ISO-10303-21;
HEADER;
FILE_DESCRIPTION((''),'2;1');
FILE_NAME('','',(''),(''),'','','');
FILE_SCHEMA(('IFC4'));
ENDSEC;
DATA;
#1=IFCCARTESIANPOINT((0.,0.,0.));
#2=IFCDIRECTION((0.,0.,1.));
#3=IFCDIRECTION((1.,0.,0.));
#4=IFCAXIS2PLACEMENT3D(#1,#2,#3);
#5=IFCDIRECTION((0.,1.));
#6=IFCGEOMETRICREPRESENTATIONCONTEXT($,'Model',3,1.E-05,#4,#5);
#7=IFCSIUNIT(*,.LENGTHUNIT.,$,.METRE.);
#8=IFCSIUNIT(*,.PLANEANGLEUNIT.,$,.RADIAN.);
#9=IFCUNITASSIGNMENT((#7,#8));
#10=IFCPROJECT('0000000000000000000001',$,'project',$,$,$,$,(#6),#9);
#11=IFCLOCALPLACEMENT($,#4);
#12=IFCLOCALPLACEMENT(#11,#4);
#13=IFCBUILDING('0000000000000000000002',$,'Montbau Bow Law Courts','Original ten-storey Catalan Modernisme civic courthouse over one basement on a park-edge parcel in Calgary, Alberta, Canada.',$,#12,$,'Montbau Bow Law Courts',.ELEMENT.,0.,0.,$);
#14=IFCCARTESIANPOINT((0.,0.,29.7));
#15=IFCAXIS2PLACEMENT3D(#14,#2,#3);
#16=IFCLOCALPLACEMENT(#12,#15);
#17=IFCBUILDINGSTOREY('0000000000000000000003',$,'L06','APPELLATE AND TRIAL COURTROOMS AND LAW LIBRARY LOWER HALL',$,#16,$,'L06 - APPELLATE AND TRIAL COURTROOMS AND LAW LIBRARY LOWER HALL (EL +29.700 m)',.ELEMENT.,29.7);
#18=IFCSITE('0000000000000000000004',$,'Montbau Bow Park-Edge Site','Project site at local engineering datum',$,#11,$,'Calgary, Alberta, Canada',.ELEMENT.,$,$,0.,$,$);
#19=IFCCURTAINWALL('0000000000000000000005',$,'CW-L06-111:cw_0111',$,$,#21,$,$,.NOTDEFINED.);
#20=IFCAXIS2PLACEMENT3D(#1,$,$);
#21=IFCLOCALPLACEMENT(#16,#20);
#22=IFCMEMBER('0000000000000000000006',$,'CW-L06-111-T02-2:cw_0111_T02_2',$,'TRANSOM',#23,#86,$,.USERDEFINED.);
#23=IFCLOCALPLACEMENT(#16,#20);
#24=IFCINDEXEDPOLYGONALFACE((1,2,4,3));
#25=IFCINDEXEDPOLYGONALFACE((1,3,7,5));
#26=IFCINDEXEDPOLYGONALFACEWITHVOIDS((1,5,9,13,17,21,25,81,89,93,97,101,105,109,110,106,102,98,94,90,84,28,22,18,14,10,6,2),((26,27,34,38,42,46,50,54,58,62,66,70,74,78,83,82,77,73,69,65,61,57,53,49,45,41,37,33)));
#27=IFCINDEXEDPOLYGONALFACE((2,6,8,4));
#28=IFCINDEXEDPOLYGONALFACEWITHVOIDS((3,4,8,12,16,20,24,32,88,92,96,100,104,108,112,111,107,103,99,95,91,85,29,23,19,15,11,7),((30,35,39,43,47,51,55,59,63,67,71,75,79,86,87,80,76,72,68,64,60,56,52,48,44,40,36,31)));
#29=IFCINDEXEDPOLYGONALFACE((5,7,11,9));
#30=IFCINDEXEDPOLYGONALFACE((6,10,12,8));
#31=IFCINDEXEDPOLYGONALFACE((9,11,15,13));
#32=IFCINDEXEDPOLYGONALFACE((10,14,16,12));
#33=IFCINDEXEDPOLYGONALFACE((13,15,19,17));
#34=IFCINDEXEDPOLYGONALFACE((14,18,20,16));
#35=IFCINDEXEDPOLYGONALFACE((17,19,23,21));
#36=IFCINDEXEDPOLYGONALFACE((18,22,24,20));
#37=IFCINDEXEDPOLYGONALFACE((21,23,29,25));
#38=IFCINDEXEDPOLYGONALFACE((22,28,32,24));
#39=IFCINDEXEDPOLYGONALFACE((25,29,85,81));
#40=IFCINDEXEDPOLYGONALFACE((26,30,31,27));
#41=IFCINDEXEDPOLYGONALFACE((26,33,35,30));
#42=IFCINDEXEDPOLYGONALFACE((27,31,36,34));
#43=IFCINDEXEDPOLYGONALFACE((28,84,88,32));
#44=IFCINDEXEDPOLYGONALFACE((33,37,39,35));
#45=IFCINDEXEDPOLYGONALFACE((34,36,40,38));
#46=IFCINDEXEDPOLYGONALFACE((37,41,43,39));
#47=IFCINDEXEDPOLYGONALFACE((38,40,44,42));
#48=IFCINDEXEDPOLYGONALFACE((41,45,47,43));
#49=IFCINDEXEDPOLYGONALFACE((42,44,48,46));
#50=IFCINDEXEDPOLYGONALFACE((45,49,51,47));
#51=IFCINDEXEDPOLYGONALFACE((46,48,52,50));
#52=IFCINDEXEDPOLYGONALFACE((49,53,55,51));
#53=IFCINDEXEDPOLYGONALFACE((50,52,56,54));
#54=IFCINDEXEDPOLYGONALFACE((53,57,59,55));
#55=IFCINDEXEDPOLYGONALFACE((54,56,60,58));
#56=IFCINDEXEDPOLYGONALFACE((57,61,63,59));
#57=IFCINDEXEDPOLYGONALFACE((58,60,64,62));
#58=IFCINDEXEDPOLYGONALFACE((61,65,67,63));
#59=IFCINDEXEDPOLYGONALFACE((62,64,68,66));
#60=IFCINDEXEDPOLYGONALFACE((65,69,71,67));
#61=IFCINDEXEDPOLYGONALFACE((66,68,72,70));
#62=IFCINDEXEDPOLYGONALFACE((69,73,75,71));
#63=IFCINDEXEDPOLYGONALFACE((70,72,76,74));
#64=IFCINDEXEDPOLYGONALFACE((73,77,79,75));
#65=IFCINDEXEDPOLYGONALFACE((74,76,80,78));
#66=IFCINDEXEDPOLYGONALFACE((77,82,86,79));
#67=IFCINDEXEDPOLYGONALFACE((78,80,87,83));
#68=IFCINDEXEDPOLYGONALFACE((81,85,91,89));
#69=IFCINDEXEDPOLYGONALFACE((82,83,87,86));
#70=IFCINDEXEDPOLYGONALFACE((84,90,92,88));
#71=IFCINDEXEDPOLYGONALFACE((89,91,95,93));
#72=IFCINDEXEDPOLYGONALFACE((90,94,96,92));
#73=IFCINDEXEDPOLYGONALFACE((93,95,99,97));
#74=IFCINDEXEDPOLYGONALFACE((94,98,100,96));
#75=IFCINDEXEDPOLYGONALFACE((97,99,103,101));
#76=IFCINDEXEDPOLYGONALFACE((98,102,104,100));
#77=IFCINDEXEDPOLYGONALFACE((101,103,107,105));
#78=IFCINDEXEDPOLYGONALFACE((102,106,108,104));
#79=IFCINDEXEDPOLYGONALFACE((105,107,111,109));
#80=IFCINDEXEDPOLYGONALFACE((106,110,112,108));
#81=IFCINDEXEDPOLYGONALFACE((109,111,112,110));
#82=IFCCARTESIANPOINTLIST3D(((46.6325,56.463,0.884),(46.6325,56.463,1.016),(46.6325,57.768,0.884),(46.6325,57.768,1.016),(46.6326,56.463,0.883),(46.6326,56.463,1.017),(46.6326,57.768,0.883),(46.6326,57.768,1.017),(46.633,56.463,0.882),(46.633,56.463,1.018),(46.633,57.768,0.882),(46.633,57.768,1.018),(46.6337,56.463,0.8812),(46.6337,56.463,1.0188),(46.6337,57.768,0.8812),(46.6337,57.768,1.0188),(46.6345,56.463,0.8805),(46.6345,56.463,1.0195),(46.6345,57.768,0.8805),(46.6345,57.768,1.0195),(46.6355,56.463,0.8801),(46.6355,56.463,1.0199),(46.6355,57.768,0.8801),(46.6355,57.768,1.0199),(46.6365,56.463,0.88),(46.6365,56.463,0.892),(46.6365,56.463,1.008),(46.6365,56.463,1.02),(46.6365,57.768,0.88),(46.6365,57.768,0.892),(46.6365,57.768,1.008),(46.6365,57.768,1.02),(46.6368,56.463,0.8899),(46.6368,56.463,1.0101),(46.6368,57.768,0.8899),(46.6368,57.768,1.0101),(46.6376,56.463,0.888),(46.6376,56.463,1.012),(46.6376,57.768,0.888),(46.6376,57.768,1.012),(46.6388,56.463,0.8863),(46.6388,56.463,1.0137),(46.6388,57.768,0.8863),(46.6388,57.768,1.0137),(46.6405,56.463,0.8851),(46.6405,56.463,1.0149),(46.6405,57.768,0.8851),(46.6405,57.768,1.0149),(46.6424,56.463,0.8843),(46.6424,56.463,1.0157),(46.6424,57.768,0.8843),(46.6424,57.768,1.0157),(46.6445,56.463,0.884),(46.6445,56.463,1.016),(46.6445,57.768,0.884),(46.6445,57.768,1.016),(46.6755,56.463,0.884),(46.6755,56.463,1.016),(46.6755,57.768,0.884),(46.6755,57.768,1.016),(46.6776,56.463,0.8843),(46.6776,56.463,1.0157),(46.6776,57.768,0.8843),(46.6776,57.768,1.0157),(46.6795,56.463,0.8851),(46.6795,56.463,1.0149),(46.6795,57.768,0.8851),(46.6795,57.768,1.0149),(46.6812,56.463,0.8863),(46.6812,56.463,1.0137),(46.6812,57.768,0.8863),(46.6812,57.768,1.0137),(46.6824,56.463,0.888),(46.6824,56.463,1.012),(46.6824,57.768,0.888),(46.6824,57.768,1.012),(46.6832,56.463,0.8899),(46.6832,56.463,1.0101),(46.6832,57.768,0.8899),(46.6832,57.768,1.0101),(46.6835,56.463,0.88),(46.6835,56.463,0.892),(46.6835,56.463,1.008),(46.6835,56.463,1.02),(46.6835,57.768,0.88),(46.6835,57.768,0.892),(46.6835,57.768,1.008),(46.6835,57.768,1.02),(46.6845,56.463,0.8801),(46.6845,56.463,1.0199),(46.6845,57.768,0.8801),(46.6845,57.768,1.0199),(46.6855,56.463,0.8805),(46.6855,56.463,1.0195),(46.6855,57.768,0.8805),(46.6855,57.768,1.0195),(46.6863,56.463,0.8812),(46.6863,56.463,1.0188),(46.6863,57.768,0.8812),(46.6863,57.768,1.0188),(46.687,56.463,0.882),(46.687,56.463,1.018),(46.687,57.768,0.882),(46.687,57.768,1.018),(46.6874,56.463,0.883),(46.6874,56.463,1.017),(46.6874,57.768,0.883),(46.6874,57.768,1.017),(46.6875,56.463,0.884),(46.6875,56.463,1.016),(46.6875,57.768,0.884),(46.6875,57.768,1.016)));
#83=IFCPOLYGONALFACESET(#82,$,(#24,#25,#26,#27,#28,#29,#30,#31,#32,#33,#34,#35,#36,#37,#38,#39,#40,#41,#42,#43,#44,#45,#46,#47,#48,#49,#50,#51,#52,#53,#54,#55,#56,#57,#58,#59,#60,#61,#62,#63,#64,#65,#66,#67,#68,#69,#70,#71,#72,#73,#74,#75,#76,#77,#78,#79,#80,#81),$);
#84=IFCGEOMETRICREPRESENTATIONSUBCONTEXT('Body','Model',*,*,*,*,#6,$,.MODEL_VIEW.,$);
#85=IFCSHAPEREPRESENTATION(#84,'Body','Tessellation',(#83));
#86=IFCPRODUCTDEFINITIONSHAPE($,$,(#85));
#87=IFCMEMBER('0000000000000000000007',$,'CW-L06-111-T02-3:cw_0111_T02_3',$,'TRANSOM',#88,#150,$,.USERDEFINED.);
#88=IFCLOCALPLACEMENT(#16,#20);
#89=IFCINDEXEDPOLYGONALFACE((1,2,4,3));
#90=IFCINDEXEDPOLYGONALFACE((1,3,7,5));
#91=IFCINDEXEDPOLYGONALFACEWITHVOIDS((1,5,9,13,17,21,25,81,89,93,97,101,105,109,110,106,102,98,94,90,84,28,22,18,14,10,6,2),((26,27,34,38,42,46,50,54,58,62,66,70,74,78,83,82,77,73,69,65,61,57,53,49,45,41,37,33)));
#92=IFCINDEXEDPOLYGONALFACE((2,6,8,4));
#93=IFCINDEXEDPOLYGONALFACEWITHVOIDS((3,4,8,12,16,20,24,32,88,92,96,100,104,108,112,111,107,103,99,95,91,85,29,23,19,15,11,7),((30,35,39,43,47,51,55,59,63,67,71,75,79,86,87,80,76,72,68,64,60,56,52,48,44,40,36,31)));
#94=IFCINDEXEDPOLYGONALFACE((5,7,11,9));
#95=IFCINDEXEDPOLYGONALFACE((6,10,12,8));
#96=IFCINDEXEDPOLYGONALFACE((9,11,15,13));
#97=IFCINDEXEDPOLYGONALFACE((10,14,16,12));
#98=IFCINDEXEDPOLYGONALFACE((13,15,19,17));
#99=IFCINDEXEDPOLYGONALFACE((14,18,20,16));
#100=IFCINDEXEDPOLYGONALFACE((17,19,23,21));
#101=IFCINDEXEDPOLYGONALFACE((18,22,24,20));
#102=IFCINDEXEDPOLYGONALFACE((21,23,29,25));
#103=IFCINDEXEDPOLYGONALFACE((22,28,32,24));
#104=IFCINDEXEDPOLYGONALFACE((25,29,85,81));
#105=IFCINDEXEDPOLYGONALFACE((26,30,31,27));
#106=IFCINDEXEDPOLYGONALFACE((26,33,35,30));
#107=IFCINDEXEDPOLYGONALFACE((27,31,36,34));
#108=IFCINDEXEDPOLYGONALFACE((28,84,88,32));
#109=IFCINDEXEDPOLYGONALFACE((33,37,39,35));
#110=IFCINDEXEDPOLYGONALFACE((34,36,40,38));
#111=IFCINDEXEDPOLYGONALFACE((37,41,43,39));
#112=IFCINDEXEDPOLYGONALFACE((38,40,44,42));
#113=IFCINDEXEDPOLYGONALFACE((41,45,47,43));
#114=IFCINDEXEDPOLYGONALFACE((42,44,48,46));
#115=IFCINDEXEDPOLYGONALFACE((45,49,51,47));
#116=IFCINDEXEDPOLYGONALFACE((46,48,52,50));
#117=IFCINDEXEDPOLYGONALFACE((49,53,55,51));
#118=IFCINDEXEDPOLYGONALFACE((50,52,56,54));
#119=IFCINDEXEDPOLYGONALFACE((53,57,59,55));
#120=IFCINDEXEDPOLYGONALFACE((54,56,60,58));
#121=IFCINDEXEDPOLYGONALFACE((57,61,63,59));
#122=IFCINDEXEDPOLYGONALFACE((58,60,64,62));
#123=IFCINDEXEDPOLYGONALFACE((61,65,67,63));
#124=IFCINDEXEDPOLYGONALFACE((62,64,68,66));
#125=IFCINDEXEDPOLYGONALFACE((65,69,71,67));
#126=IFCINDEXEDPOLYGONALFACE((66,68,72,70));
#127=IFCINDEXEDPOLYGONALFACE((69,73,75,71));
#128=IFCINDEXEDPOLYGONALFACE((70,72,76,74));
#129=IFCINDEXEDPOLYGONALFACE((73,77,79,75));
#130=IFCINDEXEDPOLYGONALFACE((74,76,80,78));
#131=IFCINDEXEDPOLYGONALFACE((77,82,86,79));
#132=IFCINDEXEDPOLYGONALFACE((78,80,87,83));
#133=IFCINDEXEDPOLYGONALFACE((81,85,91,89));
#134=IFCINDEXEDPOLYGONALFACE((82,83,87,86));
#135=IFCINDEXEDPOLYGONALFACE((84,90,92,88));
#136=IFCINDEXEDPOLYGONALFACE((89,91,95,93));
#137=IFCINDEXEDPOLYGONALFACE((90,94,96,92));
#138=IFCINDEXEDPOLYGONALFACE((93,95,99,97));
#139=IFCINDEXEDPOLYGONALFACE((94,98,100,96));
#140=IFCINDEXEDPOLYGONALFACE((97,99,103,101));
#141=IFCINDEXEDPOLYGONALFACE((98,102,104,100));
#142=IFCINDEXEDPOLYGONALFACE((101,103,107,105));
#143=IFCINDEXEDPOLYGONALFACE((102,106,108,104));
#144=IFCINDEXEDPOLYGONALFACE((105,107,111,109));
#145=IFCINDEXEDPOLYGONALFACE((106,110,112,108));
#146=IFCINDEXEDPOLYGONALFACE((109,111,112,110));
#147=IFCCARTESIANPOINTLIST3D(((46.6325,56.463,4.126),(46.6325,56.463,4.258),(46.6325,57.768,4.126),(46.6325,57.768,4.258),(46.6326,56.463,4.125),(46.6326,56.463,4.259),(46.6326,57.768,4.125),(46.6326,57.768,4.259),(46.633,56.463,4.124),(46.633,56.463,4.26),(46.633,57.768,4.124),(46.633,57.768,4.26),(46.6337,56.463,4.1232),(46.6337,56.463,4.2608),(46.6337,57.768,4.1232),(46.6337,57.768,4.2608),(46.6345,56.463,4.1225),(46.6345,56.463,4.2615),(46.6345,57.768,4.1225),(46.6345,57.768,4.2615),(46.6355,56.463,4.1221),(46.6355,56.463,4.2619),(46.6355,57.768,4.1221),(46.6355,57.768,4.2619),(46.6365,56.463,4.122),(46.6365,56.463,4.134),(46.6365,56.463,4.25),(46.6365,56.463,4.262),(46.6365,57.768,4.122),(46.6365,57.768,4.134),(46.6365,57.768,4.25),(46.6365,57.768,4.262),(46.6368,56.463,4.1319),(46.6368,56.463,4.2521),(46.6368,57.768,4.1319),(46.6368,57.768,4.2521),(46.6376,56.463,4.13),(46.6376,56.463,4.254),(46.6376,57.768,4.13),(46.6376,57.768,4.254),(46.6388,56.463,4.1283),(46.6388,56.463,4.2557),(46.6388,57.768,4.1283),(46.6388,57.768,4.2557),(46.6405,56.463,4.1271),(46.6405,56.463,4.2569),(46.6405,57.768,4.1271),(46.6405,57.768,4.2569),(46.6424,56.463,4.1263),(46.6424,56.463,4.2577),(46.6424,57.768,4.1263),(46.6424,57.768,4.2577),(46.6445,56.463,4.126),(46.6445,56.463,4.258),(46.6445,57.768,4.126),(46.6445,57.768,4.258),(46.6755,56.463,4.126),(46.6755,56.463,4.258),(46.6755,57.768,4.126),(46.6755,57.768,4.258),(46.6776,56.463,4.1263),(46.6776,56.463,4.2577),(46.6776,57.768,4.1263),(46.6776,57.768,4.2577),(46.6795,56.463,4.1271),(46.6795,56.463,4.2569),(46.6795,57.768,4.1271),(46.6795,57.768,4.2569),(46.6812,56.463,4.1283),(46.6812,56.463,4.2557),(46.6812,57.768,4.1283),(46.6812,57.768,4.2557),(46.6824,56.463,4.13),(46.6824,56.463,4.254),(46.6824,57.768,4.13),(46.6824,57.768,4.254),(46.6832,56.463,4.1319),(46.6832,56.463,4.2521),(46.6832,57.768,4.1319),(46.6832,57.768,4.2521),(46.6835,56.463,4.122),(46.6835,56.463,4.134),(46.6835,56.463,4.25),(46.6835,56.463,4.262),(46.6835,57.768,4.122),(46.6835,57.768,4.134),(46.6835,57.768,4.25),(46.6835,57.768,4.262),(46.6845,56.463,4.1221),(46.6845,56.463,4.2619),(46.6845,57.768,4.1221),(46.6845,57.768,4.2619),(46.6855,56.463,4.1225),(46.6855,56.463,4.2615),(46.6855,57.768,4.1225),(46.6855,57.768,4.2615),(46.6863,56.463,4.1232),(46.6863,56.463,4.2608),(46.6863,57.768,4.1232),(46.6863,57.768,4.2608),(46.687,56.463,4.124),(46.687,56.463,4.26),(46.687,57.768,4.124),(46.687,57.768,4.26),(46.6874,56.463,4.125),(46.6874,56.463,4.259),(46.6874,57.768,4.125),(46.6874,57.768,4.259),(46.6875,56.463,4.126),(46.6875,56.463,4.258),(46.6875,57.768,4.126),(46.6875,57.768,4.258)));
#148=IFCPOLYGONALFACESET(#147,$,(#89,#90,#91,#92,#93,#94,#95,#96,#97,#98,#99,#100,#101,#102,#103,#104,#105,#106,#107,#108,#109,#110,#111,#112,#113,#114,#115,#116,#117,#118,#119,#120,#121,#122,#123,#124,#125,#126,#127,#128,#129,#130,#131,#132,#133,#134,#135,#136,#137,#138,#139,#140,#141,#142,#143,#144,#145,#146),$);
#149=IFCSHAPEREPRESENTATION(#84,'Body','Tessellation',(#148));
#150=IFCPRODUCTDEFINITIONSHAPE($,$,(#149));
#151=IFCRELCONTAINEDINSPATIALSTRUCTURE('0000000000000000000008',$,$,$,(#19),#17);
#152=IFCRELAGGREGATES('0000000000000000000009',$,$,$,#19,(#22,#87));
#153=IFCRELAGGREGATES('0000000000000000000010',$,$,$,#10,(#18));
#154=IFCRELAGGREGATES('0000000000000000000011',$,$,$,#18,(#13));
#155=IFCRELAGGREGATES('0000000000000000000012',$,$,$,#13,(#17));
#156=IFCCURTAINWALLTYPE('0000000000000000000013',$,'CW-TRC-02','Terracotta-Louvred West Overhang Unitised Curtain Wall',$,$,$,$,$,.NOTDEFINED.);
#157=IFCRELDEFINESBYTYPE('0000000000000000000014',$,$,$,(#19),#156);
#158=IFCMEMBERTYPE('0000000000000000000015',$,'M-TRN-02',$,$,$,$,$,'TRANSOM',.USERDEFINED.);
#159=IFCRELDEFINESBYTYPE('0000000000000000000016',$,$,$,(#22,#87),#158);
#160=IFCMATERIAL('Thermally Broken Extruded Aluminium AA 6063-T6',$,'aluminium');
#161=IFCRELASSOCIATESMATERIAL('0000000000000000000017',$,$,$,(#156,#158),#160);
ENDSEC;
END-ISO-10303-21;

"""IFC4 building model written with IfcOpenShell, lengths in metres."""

from ifc_helpers import new_model, si_unit, direction, frame, origin_with_axes, origin_2d_with_axis, place, context, subcontext, project, spatial, hollow_rectangle, extrude, material, material_profile, profile_set, type_object, element, aggregate, save


model = new_model("IFC4")

# Units and contexts
model_context = context("Model", 3, precision=1e-05, world=origin_with_axes(), true_north=direction((0.0, 1.0)))
body_context = subcontext(model_context, "Body", "Model", "MODEL_VIEW")
ifc_project = project(units=[si_unit("LENGTHUNIT", "METRE"), si_unit("PLANEANGLEUNIT", "RADIAN")], contexts=[model_context])

# Site, building, storey
site_placement = place(None, origin_with_axes())
site = spatial("IfcSite", under=ifc_project, at=site_placement, Name="Montbau Bow Park-Edge Site", Description="Project site at local engineering datum", LongName="Calgary, Alberta, Canada", CompositionType="ELEMENT", RefElevation=0.0)
building_placement = place(site_placement, origin_with_axes())
building = spatial("IfcBuilding", under=site, at=building_placement, Name="Montbau Bow Law Courts", Description="Original ten-storey Catalan Modernisme civic courthouse over one basement on a park-edge parcel in Calgary, Alberta, Canada.", LongName="Montbau Bow Law Courts", CompositionType="ELEMENT", ElevationOfRefHeight=0.0, ElevationOfTerrain=0.0)
storey_placement = place(building_placement, frame((0.0, 0.0, 29.7), z_axis=(0.0, 0.0, 1.0), x_axis=(1.0, 0.0, 0.0)))
storey = spatial("IfcBuildingStorey", under=building, at=storey_placement, Name="L06", Description="APPELLATE AND TRIAL COURTROOMS AND LAW LIBRARY LOWER HALL", LongName="L06 - APPELLATE AND TRIAL COURTROOMS AND LAW LIBRARY LOWER HALL (EL +29.700 m)", CompositionType="ELEMENT", Elevation=29.7)

# Curtain wall, members
ifc_material_1 = material(Name="Thermally Broken Extruded Aluminium AA 6063-T6", Category="aluminium")
curtain_wall_type = type_object("IfcCurtainWallType", Name="CW-TRC-02", Description="Terracotta-Louvred West Overhang Unitised Curtain Wall", PredefinedType="NOTDEFINED", material=ifc_material_1)
curtain_wall_1_placement = place(None, frame((46.66, 55.04, 29.7), z_axis=(0.0, 0.0, 1.0), x_axis=(1.0, 0.0, 0.0)))
curtain_wall_1 = element("IfcCurtainWall", 1, at=curtain_wall_1_placement, inside=storey, type_object=curtain_wall_type, Name="CW-L06-111:cw_0111", PredefinedType="NOTDEFINED")
ifc_material_profile_1 = material_profile(ifc_material_1, hollow_rectangle(XDim=0.055, YDim=0.14, WallThickness=0.004, InnerFilletRadius=0.008, OuterFilletRadius=0.004, at=origin_2d_with_axis()), Name="CWT-140X55", Category="Main", Priority=0)
ifc_profile_set_1 = profile_set([ifc_material_profile_1], Name="Thermally Broken Extruded Aluminium AA 6063-T6")
member_type_1 = type_object("IfcMemberType", Name="M-TRN-02", ElementType="TRANSOM", PredefinedType="USERDEFINED", material=ifc_profile_set_1)
member_1_placement = place(None, frame((46.66, 56.463, 30.65), z_axis=(0.0, 1.0, 0.0), x_axis=(-1.0, 0.0, 0.0)))
member_1 = element("IfcMember", 2, at=member_1_placement, type_object=member_type_1, Name="CW-L06-111-T02-2:cw_0111_T02_2", ObjectType="TRANSOM", PredefinedType="USERDEFINED", context=body_context, shape_type="SweptSolid", body=[
    extrude(hollow_rectangle(XDim=0.055, YDim=0.14, WallThickness=0.004, InnerFilletRadius=0.008, OuterFilletRadius=0.004, at=origin_2d_with_axis()), origin_with_axes(), (0.0, 0.0, 1.0), 1.305),
])
member_2_placement = place(None, frame((46.66, 56.463, 33.892), z_axis=(0.0, 1.0, 0.0), x_axis=(-1.0, 0.0, 0.0)))
member_2 = element("IfcMember", 3, at=member_2_placement, type_object=member_type_1, Name="CW-L06-111-T02-3:cw_0111_T02_3", ObjectType="TRANSOM", PredefinedType="USERDEFINED", context=body_context, shape_type="SweptSolid", body=[
    extrude(hollow_rectangle(XDim=0.055, YDim=0.14, WallThickness=0.004, InnerFilletRadius=0.008, OuterFilletRadius=0.004, at=origin_2d_with_axis()), origin_with_axes(), (0.0, 0.0, 1.0), 1.305),
])

aggregate(curtain_wall_1, [member_1, member_2])

save(model, "model.ifc")
